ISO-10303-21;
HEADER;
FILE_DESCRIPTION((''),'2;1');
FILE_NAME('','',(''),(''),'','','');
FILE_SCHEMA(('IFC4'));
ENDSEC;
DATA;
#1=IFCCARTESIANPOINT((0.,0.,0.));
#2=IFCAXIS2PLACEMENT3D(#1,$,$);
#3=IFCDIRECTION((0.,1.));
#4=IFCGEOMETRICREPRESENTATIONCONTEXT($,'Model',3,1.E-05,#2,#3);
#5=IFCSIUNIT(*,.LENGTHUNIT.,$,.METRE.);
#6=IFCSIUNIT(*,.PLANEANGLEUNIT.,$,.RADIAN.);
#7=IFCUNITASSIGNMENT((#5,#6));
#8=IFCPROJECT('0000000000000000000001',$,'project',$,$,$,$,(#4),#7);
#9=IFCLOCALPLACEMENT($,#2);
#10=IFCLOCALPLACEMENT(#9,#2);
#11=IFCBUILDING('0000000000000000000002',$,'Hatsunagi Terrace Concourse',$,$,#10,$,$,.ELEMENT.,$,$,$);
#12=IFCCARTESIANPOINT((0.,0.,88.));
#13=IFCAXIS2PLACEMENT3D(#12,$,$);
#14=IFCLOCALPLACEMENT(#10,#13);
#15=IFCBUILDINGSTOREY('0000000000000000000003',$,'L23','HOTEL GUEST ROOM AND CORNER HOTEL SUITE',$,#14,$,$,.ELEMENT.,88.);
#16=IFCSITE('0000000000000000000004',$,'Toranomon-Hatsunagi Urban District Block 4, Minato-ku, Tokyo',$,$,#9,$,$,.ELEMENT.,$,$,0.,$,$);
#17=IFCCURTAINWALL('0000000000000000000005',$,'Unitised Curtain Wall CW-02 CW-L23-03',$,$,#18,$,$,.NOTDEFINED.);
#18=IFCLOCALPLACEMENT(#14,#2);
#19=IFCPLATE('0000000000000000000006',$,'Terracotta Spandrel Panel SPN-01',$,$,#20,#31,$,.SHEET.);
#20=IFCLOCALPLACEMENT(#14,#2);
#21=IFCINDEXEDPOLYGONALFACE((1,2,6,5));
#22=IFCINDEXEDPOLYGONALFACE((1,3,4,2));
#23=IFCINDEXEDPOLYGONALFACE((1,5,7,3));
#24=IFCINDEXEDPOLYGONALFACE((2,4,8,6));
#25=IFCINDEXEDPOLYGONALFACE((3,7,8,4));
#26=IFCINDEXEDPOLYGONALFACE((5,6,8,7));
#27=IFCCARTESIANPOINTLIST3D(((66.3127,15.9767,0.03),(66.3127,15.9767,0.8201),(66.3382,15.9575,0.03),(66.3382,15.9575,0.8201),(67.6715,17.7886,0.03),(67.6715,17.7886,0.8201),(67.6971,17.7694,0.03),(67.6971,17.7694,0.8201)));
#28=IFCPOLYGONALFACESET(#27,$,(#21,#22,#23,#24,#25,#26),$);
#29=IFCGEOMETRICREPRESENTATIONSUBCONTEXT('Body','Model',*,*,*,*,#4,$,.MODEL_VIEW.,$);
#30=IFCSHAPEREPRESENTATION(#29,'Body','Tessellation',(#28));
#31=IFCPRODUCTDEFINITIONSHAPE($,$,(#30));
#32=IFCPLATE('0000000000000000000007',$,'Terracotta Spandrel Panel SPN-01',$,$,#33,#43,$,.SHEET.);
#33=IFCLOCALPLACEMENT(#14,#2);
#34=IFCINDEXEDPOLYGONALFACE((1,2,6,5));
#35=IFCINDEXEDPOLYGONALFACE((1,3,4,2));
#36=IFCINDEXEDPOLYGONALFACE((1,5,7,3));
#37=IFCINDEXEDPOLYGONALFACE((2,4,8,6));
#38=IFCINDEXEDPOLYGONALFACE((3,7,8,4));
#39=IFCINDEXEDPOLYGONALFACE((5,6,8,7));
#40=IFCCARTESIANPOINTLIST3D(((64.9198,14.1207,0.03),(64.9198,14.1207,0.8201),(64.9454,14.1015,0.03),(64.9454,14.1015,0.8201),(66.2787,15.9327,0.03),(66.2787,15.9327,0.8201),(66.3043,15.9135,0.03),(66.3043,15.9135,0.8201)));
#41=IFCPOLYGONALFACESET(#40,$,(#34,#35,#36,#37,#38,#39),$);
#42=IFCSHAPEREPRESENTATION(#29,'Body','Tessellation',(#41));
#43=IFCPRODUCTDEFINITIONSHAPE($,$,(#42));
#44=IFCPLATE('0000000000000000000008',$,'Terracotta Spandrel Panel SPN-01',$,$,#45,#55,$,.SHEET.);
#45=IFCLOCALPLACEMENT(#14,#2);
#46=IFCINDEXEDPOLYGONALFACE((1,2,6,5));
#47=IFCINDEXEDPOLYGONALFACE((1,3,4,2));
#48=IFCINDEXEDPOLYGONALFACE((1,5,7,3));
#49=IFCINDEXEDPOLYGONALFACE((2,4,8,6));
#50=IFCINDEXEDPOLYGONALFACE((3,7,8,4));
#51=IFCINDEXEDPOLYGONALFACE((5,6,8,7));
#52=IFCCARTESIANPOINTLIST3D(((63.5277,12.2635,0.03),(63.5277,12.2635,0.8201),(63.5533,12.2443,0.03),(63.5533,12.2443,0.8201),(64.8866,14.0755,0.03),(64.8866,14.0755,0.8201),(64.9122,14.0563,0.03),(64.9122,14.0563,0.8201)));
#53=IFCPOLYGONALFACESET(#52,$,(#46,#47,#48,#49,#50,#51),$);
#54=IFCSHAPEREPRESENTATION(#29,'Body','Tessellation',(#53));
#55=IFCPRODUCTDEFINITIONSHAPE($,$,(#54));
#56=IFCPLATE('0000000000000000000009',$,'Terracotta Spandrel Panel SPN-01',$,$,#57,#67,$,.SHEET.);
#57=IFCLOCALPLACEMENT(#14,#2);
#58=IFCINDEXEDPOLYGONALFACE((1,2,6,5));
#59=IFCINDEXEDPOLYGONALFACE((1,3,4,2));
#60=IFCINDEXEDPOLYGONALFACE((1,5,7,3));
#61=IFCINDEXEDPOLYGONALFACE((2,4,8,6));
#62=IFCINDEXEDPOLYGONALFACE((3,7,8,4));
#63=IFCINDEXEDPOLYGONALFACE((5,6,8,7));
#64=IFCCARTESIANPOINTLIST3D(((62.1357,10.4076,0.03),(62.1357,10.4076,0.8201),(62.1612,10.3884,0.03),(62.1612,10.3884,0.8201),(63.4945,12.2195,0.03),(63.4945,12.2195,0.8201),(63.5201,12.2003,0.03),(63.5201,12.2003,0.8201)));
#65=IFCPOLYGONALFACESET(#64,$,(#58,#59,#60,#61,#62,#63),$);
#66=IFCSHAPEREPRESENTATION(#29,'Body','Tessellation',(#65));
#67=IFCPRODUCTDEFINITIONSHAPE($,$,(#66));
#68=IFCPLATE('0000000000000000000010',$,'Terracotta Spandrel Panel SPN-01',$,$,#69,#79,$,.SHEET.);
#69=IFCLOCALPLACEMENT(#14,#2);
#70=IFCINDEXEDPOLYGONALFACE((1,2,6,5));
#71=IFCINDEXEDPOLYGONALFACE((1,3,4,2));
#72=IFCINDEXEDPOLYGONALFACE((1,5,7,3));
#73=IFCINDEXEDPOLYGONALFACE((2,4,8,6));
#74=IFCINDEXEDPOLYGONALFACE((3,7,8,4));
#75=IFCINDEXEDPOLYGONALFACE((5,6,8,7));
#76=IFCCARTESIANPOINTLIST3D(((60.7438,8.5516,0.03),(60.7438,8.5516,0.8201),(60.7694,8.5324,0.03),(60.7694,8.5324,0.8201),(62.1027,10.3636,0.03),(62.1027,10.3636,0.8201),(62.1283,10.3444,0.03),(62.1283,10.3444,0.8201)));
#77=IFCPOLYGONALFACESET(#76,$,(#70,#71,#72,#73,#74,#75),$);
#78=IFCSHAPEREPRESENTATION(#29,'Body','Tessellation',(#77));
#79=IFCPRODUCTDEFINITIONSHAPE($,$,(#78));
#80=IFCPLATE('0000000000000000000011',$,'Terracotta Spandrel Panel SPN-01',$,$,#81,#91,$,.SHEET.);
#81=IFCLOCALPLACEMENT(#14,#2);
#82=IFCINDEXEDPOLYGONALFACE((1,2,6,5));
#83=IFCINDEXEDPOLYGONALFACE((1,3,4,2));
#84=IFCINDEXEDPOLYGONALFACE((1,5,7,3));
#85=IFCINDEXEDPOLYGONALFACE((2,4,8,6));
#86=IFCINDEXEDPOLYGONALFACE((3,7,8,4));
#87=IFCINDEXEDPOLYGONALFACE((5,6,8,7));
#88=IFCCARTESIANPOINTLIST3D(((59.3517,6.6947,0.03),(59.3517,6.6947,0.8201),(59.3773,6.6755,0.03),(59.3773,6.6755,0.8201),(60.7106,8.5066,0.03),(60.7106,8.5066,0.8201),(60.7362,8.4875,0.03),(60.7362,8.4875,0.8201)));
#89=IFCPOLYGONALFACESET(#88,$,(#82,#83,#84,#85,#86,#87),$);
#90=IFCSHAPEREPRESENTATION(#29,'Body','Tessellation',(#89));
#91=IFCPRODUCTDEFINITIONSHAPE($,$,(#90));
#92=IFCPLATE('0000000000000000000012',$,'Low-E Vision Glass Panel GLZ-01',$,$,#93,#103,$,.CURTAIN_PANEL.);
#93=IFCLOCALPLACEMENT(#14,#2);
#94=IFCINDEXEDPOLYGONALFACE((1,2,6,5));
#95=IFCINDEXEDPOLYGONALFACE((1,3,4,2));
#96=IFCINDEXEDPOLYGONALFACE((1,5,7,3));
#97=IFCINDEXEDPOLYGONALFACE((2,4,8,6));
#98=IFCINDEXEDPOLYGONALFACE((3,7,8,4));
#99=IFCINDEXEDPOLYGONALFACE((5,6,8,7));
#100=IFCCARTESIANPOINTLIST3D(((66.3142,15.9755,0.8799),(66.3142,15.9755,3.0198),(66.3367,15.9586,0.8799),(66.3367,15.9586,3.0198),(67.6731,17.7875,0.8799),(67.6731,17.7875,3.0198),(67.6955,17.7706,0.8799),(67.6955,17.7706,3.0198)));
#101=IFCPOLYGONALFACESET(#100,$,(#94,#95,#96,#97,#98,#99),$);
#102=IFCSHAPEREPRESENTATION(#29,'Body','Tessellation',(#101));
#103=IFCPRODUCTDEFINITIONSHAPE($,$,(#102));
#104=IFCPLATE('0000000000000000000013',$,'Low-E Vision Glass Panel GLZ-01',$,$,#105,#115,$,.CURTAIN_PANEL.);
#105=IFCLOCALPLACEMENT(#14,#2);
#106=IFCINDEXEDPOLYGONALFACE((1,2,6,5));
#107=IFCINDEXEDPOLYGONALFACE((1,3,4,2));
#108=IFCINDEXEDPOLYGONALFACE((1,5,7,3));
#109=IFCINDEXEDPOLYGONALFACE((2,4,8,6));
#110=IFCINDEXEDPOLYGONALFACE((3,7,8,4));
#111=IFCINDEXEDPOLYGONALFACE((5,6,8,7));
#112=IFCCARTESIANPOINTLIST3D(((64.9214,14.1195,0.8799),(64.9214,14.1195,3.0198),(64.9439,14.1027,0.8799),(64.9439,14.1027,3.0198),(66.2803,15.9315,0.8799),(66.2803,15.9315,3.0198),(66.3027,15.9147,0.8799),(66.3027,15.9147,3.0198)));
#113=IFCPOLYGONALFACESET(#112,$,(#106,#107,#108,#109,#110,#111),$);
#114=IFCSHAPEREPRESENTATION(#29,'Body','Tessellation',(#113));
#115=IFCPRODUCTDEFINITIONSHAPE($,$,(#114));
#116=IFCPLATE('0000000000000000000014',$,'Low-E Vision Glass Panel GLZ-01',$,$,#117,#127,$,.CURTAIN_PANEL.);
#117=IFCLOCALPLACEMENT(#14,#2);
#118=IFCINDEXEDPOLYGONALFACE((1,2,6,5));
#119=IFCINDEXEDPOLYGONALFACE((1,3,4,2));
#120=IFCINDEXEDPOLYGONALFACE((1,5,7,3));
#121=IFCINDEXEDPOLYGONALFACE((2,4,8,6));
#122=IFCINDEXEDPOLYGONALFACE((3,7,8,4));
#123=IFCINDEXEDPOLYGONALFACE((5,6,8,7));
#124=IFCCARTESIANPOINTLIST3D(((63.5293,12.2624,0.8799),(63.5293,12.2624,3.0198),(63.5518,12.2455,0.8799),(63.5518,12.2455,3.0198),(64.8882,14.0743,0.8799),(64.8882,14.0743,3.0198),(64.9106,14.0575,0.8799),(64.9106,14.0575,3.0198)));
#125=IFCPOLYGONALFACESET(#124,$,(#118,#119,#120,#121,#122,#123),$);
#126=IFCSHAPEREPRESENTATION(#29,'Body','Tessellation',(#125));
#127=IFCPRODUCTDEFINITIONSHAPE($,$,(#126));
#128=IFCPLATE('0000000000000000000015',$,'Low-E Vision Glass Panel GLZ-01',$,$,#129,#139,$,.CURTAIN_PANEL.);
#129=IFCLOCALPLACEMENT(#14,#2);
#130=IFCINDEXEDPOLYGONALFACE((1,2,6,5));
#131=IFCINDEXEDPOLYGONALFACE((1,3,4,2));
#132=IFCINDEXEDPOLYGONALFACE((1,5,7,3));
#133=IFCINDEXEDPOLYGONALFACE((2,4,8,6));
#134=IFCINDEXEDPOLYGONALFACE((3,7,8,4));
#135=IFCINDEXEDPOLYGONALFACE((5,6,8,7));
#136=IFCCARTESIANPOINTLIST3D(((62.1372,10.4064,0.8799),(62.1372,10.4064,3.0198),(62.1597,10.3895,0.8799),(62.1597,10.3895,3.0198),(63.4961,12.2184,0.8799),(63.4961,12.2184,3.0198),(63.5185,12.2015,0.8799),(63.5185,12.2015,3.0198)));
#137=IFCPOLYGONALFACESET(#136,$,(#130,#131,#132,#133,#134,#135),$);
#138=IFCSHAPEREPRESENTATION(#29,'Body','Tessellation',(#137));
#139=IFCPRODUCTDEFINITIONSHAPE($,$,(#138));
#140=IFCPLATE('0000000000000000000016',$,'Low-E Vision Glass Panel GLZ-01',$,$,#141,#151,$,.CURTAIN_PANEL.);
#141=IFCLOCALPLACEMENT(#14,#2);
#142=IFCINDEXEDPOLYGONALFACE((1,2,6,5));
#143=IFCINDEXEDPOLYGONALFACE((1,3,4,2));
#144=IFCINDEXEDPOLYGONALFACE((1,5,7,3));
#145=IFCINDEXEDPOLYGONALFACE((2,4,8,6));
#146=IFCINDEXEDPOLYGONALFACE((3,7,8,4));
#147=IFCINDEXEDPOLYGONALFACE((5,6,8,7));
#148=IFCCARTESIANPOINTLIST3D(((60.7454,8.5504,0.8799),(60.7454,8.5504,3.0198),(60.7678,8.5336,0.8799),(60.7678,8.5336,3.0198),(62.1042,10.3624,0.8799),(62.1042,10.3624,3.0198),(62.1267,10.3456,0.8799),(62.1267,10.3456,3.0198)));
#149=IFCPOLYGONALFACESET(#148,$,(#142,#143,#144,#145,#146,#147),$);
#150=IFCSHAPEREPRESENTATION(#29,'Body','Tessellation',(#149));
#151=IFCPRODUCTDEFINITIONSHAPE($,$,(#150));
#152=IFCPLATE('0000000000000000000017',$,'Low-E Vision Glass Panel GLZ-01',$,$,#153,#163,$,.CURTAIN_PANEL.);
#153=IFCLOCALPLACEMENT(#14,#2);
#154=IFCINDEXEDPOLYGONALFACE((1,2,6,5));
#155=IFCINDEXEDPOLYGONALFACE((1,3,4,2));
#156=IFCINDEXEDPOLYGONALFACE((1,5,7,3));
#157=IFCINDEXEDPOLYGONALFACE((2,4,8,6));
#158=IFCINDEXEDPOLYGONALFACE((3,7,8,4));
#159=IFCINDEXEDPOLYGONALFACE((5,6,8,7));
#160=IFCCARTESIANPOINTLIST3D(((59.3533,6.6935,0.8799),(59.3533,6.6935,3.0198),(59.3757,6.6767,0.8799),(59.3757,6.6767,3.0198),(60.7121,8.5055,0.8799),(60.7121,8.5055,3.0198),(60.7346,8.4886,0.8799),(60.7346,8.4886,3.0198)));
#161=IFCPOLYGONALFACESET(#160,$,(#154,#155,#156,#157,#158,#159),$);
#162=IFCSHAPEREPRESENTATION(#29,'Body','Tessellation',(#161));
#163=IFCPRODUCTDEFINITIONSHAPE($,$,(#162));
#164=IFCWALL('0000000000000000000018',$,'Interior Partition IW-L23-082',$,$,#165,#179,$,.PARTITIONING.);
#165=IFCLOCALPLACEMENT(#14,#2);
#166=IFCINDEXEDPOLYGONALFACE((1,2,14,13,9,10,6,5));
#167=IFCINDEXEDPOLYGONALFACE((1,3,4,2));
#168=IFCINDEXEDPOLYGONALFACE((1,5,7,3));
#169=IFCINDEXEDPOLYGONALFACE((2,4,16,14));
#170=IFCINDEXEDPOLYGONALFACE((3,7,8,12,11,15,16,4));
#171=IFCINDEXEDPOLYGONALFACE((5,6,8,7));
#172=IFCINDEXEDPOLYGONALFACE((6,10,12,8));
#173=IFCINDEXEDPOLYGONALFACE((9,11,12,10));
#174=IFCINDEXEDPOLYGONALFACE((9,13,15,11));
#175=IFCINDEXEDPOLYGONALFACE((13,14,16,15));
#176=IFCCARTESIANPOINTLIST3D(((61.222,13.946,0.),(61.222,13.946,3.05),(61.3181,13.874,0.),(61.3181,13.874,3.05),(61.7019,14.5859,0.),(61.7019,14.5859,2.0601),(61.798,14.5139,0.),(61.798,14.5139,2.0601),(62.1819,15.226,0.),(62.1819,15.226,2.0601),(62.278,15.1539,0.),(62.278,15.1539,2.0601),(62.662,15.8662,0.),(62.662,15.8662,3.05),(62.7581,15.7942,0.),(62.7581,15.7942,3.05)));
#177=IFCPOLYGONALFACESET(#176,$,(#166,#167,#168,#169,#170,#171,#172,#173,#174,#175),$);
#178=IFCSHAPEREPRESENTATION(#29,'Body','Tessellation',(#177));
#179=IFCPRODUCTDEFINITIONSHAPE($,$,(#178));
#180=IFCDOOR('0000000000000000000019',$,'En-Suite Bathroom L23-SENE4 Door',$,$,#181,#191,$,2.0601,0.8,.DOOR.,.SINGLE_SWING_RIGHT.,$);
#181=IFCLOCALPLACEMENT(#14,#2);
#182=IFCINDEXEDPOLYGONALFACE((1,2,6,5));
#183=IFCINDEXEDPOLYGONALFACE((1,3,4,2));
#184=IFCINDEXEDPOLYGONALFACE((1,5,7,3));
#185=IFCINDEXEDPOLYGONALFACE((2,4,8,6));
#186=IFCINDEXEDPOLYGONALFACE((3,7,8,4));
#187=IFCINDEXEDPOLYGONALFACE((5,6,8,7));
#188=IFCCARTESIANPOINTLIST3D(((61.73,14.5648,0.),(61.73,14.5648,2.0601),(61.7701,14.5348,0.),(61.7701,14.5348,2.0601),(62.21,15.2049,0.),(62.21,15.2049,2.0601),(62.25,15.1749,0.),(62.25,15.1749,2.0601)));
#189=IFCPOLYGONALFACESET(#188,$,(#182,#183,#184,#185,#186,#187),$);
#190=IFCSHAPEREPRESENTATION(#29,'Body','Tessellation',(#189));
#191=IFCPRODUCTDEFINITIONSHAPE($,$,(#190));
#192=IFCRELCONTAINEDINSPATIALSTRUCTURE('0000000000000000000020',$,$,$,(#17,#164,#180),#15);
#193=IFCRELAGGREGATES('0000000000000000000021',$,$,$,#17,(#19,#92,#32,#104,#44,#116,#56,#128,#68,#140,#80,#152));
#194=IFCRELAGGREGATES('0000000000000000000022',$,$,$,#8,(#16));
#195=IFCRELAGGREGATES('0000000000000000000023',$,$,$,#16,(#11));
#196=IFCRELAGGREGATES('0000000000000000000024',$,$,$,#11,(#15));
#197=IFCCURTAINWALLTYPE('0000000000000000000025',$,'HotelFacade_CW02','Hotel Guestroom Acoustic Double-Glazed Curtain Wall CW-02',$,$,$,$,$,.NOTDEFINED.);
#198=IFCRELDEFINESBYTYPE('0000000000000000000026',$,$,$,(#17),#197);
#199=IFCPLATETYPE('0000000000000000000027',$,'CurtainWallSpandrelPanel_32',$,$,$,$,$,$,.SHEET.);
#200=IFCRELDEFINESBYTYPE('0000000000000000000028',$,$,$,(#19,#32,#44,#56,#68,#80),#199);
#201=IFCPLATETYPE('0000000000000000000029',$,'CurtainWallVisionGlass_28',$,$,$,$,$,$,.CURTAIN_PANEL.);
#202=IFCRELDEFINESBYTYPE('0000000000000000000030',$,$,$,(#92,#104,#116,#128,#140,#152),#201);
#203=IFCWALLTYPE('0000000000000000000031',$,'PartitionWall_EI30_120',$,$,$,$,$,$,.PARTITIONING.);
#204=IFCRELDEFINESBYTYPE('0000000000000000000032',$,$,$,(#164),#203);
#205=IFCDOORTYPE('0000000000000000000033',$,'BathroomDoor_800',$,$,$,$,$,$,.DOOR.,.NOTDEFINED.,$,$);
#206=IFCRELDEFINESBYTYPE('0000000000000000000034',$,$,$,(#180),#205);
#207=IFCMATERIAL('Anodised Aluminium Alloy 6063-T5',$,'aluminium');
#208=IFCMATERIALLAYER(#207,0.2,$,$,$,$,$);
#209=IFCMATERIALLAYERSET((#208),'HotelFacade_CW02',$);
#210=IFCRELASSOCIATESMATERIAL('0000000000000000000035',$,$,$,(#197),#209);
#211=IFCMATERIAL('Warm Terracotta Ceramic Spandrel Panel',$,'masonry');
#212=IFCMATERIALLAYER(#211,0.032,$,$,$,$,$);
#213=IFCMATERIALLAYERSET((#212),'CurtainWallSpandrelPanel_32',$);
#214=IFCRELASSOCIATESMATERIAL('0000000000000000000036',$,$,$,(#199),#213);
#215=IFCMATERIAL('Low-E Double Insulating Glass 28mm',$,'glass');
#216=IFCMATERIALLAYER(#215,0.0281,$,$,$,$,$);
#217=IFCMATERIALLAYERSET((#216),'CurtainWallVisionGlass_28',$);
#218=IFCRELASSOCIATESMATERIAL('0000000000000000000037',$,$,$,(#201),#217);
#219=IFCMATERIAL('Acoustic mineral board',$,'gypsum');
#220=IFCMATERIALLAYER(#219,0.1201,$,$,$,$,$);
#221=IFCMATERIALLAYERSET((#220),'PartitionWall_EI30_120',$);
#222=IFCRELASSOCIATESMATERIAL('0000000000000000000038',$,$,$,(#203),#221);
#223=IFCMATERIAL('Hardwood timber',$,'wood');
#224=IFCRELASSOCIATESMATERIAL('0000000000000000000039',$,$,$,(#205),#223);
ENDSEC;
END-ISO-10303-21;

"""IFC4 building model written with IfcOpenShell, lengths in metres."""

from ifc_helpers import new_model, si_unit, direction, frame, frame_2d, origin, origin_2d, place, context, subcontext, project, spatial, rectangle, extrude, material, layer, layer_set, type_object, element, fill, aggregate, save


model = new_model("IFC4")

# Units and contexts
model_context = context("Model", 3, precision=1e-05, world=origin(), true_north=direction((0.0, 1.0)))
body_context = subcontext(model_context, "Body", "Model", "MODEL_VIEW")
ifc_project = project(units=[si_unit("LENGTHUNIT", "METRE"), si_unit("PLANEANGLEUNIT", "RADIAN")], contexts=[model_context])

# Site, building, storey
site_placement = place(None, origin())
site = spatial("IfcSite", under=ifc_project, at=site_placement, Name="Toranomon-Hatsunagi Urban District Block 4, Minato-ku, Tokyo", CompositionType="ELEMENT", RefElevation=0.0)
building_placement = place(site_placement, origin())
building = spatial("IfcBuilding", under=site, at=building_placement, Name="Hatsunagi Terrace Concourse", CompositionType="ELEMENT")
storey_placement = place(building_placement, frame((0.0, 0.0, 88.0)))
storey = spatial("IfcBuildingStorey", under=building, at=storey_placement, Name="L23", Description="HOTEL GUEST ROOM AND CORNER HOTEL SUITE", CompositionType="ELEMENT", Elevation=88.0)

# Curtain wall
ifc_material_1 = material(Name="Anodised Aluminium Alloy 6063-T5", Category="aluminium")
ifc_layer_1 = layer(ifc_material_1, 0.2)
ifc_layer_set_1 = layer_set([ifc_layer_1], Name="HotelFacade_CW02")
curtain_wall_type = type_object("IfcCurtainWallType", Name="HotelFacade_CW02", Description="Hotel Guestroom Acoustic Double-Glazed Curtain Wall CW-02", PredefinedType="NOTDEFINED", material=ifc_layer_set_1)
curtain_wall_placement = place(storey_placement, origin())
curtain_wall = element("IfcCurtainWall", 1, at=curtain_wall_placement, inside=storey, type_object=curtain_wall_type, Name="Unitised Curtain Wall CW-02 CW-L23-03", PredefinedType="NOTDEFINED")

# Plates
ifc_material_2 = material(Name="Warm Terracotta Ceramic Spandrel Panel", Category="masonry")
ifc_layer_2 = layer(ifc_material_2, 0.032)
ifc_layer_set_2 = layer_set([ifc_layer_2], Name="CurtainWallSpandrelPanel_32")
plate_type_1 = type_object("IfcPlateType", Name="CurtainWallSpandrelPanel_32", PredefinedType="SHEET", material=ifc_layer_set_2)
plate_1_placement = place(storey_placement, frame((67.0049, 16.873, 0.03), z_axis=(0.0, 0.0, 1.0), x_axis=(-0.599969, -0.800023, 0.0)))
plate_1 = element("IfcPlate", 2, at=plate_1_placement, type_object=plate_type_1, Name="Terracotta Spandrel Panel SPN-01", PredefinedType="SHEET", context=body_context, shape_type="SweptSolid", body=[
    extrude(rectangle(XDim=2.2649, YDim=0.032, at=origin_2d()), origin(), (0.0, 0.0, 1.0), 0.79),
])
plate_2_placement = place(storey_placement, frame((65.6121, 15.0171, 0.03), z_axis=(0.0, 0.0, 1.0), x_axis=(-0.599969, -0.800023, 0.0)))
plate_2 = element("IfcPlate", 3, at=plate_2_placement, type_object=plate_type_1, Name="Terracotta Spandrel Panel SPN-01", PredefinedType="SHEET", context=body_context, shape_type="SweptSolid", body=[
    extrude(rectangle(XDim=2.2649, YDim=0.032, at=origin_2d()), origin(), (0.0, 0.0, 1.0), 0.79),
])
plate_3_placement = place(storey_placement, frame((64.22, 13.1599, 0.03), z_axis=(0.0, 0.0, 1.0), x_axis=(-0.599969, -0.800023, 0.0)))
plate_3 = element("IfcPlate", 4, at=plate_3_placement, type_object=plate_type_1, Name="Terracotta Spandrel Panel SPN-01", PredefinedType="SHEET", context=body_context, shape_type="SweptSolid", body=[
    extrude(rectangle(XDim=2.2649, YDim=0.032, at=origin_2d()), origin(), (0.0, 0.0, 1.0), 0.79),
])
plate_4_placement = place(storey_placement, frame((62.8279, 11.304, 0.03), z_axis=(0.0, 0.0, 1.0), x_axis=(-0.599969, -0.800023, 0.0)))
plate_4 = element("IfcPlate", 5, at=plate_4_placement, type_object=plate_type_1, Name="Terracotta Spandrel Panel SPN-01", PredefinedType="SHEET", context=body_context, shape_type="SweptSolid", body=[
    extrude(rectangle(XDim=2.2649, YDim=0.032, at=origin_2d()), origin(), (0.0, 0.0, 1.0), 0.79),
])
plate_5_placement = place(storey_placement, frame((61.436, 9.448, 0.03), z_axis=(0.0, 0.0, 1.0), x_axis=(-0.599969, -0.800023, 0.0)))
plate_5 = element("IfcPlate", 6, at=plate_5_placement, type_object=plate_type_1, Name="Terracotta Spandrel Panel SPN-01", PredefinedType="SHEET", context=body_context, shape_type="SweptSolid", body=[
    extrude(rectangle(XDim=2.2649, YDim=0.032, at=origin_2d()), origin(), (0.0, 0.0, 1.0), 0.79),
])
plate_6_placement = place(storey_placement, frame((60.0439, 7.5911, 0.03), z_axis=(0.0, 0.0, 1.0), x_axis=(-0.599969, -0.800023, 0.0)))
plate_6 = element("IfcPlate", 7, at=plate_6_placement, type_object=plate_type_1, Name="Terracotta Spandrel Panel SPN-01", PredefinedType="SHEET", context=body_context, shape_type="SweptSolid", body=[
    extrude(rectangle(XDim=2.2649, YDim=0.032, at=origin_2d()), origin(), (0.0, 0.0, 1.0), 0.79),
])
ifc_material_3 = material(Name="Low-E Double Insulating Glass 28mm", Category="glass")
ifc_layer_3 = layer(ifc_material_3, 0.0281)
ifc_layer_set_3 = layer_set([ifc_layer_3], Name="CurtainWallVisionGlass_28")
plate_type_2 = type_object("IfcPlateType", Name="CurtainWallVisionGlass_28", PredefinedType="CURTAIN_PANEL", material=ifc_layer_set_3)
plate_7_placement = place(storey_placement, frame((67.0049, 16.873, 0.8799), z_axis=(0.0, 0.0, 1.0), x_axis=(-0.599969, -0.800023, 0.0)))
plate_7 = element("IfcPlate", 8, at=plate_7_placement, type_object=plate_type_2, Name="Low-E Vision Glass Panel GLZ-01", PredefinedType="CURTAIN_PANEL", context=body_context, shape_type="SweptSolid", body=[
    extrude(rectangle(XDim=2.2649, YDim=0.0281, at=origin_2d()), origin(), (0.0, 0.0, 1.0), 2.1399),
])
plate_8_placement = place(storey_placement, frame((65.6121, 15.0171, 0.8799), z_axis=(0.0, 0.0, 1.0), x_axis=(-0.599969, -0.800023, 0.0)))
plate_8 = element("IfcPlate", 9, at=plate_8_placement, type_object=plate_type_2, Name="Low-E Vision Glass Panel GLZ-01", PredefinedType="CURTAIN_PANEL", context=body_context, shape_type="SweptSolid", body=[
    extrude(rectangle(XDim=2.2649, YDim=0.0281, at=origin_2d()), origin(), (0.0, 0.0, 1.0), 2.1399),
])
plate_9_placement = place(storey_placement, frame((64.22, 13.1599, 0.8799), z_axis=(0.0, 0.0, 1.0), x_axis=(-0.599969, -0.800023, 0.0)))
plate_9 = element("IfcPlate", 10, at=plate_9_placement, type_object=plate_type_2, Name="Low-E Vision Glass Panel GLZ-01", PredefinedType="CURTAIN_PANEL", context=body_context, shape_type="SweptSolid", body=[
    extrude(rectangle(XDim=2.2649, YDim=0.0281, at=origin_2d()), origin(), (0.0, 0.0, 1.0), 2.1399),
])
plate_10_placement = place(storey_placement, frame((62.8279, 11.304, 0.8799), z_axis=(0.0, 0.0, 1.0), x_axis=(-0.599969, -0.800023, 0.0)))
plate_10 = element("IfcPlate", 11, at=plate_10_placement, type_object=plate_type_2, Name="Low-E Vision Glass Panel GLZ-01", PredefinedType="CURTAIN_PANEL", context=body_context, shape_type="SweptSolid", body=[
    extrude(rectangle(XDim=2.2649, YDim=0.0281, at=origin_2d()), origin(), (0.0, 0.0, 1.0), 2.1399),
])
plate_11_placement = place(storey_placement, frame((61.436, 9.448, 0.8799), z_axis=(0.0, 0.0, 1.0), x_axis=(-0.599969, -0.800023, 0.0)))
plate_11 = element("IfcPlate", 12, at=plate_11_placement, type_object=plate_type_2, Name="Low-E Vision Glass Panel GLZ-01", PredefinedType="CURTAIN_PANEL", context=body_context, shape_type="SweptSolid", body=[
    extrude(rectangle(XDim=2.2649, YDim=0.0281, at=origin_2d()), origin(), (0.0, 0.0, 1.0), 2.1399),
])
plate_12_placement = place(storey_placement, frame((60.0439, 7.5911, 0.8799), z_axis=(0.0, 0.0, 1.0), x_axis=(-0.599969, -0.800023, 0.0)))
plate_12 = element("IfcPlate", 13, at=plate_12_placement, type_object=plate_type_2, Name="Low-E Vision Glass Panel GLZ-01", PredefinedType="CURTAIN_PANEL", context=body_context, shape_type="SweptSolid", body=[
    extrude(rectangle(XDim=2.2649, YDim=0.0281, at=origin_2d()), origin(), (0.0, 0.0, 1.0), 2.1399),
])
aggregate(curtain_wall, [plate_1, plate_7, plate_2, plate_8, plate_3, plate_9, plate_4, plate_10, plate_5, plate_11, plate_6, plate_12])

# Wall, opening, door
ifc_material_4 = material(Name="Acoustic mineral board", Category="gypsum")
ifc_layer_4 = layer(ifc_material_4, 0.1201)
ifc_layer_set_4 = layer_set([ifc_layer_4], Name="PartitionWall_EI30_120")
wall_type_1 = type_object("IfcWallType", Name="PartitionWall_EI30_120", PredefinedType="PARTITIONING", material=ifc_layer_set_4)
wall_1_placement = place(storey_placement, frame((61.27, 13.9099, 0.0), z_axis=(0.0, 0.0, 1.0), x_axis=(0.599951, 0.800037, 0.0)))
wall_1 = element("IfcWall", 14, at=wall_1_placement, inside=storey, type_object=wall_type_1, Name="Interior Partition IW-L23-082", PredefinedType="PARTITIONING", context=body_context, shape_type="SweptSolid", body=[
    extrude(rectangle(XDim=2.4001, YDim=0.1201, at=frame_2d((1.2002, 0.0))), origin(), (0.0, 0.0, 1.0), 3.05),
])
opening_1_placement = place(wall_1_placement, frame((0.8, 0.0, 0.0)))
opening_1 = element("IfcOpeningElement", 15, at=opening_1_placement, cuts=wall_1, PredefinedType="OPENING", context=body_context, shape_type="SweptSolid", body=[
    extrude(rectangle(XDim=0.8, YDim=2.0601, at=frame_2d((0.3999, 1.03))), frame((0.0, 0.0701, 0.0), z_axis=(0.0, -1.0, 0.0), x_axis=(1.0, 0.0, 0.0)), (0.0, 0.0, 1.0), 0.1401),
])
ifc_material_5 = material(Name="Hardwood timber", Category="wood")
door_type_1 = type_object("IfcDoorType", Name="BathroomDoor_800", OperationType="NOTDEFINED", PredefinedType="DOOR", material=ifc_material_5)
door_1_placement = place(opening_1_placement, origin())
door_1 = element("IfcDoor", 16, at=door_1_placement, inside=storey, type_object=door_type_1, Name="En-Suite Bathroom L23-SENE4 Door", OperationType="SINGLE_SWING_RIGHT", OverallHeight=2.0601, OverallWidth=0.8, PredefinedType="DOOR", context=body_context, shape_type="SweptSolid", body=[
    extrude(rectangle(XDim=0.8, YDim=2.0601, at=frame_2d((0.3999, 1.03))), frame((0.0, 0.0249, 0.0), z_axis=(0.0, -1.0, 0.0), x_axis=(1.0, 0.0, 0.0)), (0.0, 0.0, 1.0), 0.05),
])
fill(opening_1, door_1)

save(model, "model.ifc")
